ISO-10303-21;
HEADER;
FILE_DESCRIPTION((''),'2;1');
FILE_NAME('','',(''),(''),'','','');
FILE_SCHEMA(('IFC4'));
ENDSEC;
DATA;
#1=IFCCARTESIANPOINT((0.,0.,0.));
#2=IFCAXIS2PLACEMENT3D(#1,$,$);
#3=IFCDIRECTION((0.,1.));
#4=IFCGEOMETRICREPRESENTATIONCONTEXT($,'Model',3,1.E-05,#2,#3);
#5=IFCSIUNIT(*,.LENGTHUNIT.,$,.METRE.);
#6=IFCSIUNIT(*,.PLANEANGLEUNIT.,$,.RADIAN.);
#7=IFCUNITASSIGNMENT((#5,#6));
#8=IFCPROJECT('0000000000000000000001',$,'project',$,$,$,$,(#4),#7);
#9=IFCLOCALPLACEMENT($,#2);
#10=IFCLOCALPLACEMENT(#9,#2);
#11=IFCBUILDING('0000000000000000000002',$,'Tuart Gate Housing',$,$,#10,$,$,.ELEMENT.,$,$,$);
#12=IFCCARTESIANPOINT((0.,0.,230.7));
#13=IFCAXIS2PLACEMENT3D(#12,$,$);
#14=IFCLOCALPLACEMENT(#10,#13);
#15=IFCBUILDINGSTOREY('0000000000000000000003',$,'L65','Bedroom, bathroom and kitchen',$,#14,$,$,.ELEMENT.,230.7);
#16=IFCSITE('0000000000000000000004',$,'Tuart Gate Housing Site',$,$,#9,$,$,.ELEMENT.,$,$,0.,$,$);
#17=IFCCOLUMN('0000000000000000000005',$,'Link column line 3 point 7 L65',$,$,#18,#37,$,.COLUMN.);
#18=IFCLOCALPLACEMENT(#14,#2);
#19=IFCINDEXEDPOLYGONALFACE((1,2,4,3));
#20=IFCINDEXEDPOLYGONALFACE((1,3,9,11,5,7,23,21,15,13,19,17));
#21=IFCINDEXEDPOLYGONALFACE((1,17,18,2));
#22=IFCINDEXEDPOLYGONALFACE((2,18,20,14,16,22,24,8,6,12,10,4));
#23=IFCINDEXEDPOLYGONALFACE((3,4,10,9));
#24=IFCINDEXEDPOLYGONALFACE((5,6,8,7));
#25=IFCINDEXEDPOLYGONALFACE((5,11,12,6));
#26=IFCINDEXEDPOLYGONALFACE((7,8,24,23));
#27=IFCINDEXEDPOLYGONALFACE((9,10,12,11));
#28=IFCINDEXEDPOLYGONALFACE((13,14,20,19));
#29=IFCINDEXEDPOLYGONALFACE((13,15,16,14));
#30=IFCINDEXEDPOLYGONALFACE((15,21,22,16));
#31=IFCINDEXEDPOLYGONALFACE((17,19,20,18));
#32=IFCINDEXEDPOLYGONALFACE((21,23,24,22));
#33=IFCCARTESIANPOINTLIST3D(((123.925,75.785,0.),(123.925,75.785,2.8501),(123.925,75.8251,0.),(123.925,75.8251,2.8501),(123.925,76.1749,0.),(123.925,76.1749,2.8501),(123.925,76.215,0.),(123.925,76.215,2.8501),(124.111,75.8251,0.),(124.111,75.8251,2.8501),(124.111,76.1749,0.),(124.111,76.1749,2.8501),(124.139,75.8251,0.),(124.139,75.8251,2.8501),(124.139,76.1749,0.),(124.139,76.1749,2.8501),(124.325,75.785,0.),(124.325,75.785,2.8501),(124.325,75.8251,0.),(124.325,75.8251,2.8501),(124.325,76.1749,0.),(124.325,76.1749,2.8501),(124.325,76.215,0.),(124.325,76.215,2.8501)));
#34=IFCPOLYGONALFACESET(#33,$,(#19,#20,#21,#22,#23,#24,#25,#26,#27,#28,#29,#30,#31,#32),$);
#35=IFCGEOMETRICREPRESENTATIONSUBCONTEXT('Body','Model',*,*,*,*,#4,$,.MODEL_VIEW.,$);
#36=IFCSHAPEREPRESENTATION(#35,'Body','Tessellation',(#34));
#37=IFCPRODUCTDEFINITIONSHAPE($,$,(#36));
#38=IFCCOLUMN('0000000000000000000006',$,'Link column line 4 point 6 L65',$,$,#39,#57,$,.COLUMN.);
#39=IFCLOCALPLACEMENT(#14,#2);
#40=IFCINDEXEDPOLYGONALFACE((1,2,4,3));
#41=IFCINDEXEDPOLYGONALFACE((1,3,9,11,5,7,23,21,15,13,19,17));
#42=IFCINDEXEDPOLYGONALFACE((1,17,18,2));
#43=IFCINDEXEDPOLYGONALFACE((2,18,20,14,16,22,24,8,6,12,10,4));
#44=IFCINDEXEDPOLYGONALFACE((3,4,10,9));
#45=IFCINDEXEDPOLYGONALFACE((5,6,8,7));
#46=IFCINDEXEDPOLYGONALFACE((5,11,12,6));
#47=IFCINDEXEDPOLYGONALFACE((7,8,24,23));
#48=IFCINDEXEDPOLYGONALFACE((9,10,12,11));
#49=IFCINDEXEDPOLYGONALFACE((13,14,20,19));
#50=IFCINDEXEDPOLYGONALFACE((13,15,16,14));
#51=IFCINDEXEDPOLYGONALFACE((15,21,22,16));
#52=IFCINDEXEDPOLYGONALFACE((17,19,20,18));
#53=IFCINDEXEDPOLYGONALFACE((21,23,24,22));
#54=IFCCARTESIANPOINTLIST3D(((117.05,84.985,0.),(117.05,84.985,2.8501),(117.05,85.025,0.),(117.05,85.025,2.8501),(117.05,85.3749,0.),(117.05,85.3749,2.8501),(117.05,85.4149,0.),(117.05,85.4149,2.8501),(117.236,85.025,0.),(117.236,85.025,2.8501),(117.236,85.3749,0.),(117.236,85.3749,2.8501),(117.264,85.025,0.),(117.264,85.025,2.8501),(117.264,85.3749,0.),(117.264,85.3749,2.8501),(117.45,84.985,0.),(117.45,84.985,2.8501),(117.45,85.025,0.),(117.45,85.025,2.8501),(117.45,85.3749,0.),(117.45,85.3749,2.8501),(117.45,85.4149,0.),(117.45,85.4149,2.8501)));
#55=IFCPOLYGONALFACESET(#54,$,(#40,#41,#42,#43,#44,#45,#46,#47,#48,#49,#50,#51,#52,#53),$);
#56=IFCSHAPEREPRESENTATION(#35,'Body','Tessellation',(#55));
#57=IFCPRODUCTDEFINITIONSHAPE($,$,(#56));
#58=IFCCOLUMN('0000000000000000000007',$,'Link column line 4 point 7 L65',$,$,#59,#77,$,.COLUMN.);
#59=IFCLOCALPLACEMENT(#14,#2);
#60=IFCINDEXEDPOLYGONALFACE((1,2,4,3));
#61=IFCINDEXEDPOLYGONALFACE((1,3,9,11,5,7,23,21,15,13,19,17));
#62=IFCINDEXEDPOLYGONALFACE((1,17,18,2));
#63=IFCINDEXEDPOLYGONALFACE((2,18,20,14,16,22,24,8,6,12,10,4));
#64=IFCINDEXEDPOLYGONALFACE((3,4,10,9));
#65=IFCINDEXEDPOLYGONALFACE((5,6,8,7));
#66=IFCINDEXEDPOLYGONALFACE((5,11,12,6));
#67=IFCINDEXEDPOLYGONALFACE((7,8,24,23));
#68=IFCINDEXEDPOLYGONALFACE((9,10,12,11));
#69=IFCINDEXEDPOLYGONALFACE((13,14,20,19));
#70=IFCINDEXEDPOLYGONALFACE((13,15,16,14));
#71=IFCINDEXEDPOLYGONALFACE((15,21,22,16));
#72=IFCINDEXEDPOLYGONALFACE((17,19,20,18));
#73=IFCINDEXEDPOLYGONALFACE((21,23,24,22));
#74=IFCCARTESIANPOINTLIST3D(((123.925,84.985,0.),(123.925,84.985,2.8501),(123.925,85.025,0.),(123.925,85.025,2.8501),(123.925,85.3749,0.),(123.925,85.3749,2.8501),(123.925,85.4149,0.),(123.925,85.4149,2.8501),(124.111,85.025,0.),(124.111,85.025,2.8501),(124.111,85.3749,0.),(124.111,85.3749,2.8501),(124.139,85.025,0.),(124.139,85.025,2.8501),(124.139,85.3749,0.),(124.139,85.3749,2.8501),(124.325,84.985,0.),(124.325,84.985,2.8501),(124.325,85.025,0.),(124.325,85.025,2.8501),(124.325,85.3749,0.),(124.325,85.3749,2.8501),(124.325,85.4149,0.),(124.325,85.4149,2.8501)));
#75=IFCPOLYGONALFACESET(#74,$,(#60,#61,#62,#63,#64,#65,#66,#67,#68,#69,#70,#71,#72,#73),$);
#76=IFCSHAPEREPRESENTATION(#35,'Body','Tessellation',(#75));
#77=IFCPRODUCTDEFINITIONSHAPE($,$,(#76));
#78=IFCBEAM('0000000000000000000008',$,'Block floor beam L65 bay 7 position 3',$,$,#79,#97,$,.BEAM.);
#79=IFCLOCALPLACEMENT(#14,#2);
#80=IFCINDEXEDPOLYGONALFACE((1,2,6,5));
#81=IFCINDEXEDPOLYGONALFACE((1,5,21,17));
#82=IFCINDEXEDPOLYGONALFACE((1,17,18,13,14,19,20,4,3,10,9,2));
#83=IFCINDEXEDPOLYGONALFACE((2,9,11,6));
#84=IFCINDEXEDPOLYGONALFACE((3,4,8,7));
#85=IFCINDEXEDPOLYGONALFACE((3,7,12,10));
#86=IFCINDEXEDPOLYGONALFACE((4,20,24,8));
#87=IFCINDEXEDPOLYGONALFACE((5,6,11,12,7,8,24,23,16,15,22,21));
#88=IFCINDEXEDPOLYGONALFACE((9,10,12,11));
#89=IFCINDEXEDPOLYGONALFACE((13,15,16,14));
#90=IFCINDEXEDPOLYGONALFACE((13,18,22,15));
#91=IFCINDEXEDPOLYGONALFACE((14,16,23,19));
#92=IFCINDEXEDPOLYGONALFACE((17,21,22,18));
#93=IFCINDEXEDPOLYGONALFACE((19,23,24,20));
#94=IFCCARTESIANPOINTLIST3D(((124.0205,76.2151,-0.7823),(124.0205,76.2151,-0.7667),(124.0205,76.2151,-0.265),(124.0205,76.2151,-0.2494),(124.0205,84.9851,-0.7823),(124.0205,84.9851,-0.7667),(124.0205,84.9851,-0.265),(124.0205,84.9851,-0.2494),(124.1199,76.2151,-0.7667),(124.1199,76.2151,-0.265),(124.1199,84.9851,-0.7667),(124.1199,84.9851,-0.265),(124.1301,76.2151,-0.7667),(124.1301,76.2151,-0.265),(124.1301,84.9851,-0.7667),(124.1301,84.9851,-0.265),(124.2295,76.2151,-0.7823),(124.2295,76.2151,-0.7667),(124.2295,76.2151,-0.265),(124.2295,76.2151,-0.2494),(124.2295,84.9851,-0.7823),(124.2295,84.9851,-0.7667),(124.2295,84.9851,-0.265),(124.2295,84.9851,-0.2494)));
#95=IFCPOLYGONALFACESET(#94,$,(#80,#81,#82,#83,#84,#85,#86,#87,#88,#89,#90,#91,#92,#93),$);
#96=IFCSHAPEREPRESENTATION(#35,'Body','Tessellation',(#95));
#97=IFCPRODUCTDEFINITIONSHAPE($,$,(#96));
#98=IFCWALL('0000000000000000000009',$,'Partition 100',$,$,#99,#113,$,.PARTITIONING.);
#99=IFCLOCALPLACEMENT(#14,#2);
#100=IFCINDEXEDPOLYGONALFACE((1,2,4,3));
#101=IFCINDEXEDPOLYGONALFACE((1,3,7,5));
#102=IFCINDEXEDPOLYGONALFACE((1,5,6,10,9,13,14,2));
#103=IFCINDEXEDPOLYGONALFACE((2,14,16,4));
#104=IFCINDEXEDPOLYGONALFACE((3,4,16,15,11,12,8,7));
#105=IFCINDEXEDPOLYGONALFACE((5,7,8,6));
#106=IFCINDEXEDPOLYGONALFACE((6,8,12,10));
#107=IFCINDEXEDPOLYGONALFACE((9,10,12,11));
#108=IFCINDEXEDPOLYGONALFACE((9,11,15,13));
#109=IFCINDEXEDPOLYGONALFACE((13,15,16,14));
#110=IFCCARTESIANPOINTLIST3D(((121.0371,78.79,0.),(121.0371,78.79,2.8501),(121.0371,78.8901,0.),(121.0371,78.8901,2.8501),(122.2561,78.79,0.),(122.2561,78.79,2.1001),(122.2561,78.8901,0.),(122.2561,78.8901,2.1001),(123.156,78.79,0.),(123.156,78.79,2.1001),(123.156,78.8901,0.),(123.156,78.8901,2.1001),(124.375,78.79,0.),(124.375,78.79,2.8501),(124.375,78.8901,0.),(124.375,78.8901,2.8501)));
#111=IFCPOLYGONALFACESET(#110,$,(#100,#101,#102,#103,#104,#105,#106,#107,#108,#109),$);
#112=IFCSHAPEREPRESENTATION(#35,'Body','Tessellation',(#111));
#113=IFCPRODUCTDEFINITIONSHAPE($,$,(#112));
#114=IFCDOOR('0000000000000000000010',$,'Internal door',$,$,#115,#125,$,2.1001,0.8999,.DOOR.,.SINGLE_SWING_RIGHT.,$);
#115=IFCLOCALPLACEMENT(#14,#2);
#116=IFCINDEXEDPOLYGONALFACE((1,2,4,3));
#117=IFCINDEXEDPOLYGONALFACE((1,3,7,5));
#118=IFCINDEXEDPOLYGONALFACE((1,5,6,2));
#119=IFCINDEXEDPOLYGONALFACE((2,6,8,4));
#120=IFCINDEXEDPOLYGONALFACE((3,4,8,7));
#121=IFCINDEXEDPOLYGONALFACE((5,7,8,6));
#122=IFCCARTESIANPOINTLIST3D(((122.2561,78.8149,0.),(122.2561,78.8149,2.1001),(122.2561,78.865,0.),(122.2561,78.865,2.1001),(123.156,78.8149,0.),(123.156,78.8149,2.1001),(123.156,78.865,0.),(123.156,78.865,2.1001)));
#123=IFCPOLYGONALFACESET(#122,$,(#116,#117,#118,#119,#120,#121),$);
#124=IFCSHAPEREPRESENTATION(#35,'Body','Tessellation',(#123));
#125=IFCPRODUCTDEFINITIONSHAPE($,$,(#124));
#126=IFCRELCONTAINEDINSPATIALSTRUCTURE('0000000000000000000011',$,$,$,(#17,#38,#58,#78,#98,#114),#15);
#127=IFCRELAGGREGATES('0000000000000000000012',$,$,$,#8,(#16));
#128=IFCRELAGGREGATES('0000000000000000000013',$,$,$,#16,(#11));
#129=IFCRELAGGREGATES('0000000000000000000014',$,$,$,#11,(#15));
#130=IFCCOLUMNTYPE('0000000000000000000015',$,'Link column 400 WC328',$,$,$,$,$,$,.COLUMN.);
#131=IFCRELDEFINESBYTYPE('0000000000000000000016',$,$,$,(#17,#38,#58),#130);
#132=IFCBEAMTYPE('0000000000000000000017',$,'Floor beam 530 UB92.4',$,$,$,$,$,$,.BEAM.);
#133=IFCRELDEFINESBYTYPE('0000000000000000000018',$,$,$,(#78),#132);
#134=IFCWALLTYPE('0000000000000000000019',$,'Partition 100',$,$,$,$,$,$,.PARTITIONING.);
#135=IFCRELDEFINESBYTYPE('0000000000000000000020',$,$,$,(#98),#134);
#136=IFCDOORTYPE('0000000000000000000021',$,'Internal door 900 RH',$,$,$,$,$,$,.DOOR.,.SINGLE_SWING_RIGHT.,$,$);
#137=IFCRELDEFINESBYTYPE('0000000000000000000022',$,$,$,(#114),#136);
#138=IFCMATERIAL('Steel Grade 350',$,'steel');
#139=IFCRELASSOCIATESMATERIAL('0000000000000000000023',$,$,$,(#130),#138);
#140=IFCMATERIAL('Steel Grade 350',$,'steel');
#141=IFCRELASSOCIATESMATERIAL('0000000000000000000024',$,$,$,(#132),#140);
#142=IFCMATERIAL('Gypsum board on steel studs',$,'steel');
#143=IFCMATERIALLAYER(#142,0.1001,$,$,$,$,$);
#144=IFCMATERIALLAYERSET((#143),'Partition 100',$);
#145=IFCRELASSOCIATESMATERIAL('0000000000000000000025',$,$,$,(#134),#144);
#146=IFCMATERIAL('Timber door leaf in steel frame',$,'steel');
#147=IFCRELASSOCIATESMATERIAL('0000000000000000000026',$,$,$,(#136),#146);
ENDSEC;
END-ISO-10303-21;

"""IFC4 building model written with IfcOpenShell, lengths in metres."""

from ifc_helpers import new_model, si_unit, direction, frame, frame_2d, origin, origin_2d, place, context, subcontext, project, spatial, rectangle, i_section, extrude, material, layer, layer_set, material_profile, profile_set, type_object, element, fill, save


model = new_model("IFC4")

# Units and contexts
model_context = context("Model", 3, precision=1e-05, world=origin(), true_north=direction((0.0, 1.0)))
body_context = subcontext(model_context, "Body", "Model", "MODEL_VIEW")
ifc_project = project(units=[si_unit("LENGTHUNIT", "METRE"), si_unit("PLANEANGLEUNIT", "RADIAN")], contexts=[model_context])

# Site, building, storey
site_placement = place(None, origin())
site = spatial("IfcSite", under=ifc_project, at=site_placement, Name="Tuart Gate Housing Site", CompositionType="ELEMENT", RefElevation=0.0)
building_placement = place(site_placement, origin())
building = spatial("IfcBuilding", under=site, at=building_placement, Name="Tuart Gate Housing", CompositionType="ELEMENT")
storey_placement = place(building_placement, frame((0.0, 0.0, 230.7)))
storey = spatial("IfcBuildingStorey", under=building, at=storey_placement, Name="L65", Description="Bedroom, bathroom and kitchen", CompositionType="ELEMENT", Elevation=230.7)

# Columns
ifc_material_1 = material(Name="Steel Grade 350", Category="steel")
ifc_material_profile_1 = material_profile(ifc_material_1, i_section(OverallWidth=0.3999, OverallDepth=0.4299, WebThickness=0.0281, FlangeThickness=0.04, at=origin_2d()), Name="400WC328")
ifc_profile_set_1 = profile_set([ifc_material_profile_1], Name="Steel Grade 350")
column_type = type_object("IfcColumnType", Name="Link column 400 WC328", PredefinedType="COLUMN", material=ifc_profile_set_1)
for number, where, z_axis, x_axis, name in (
    (1, (124.125, 76.0, 0.0), (0.0, 0.0, 1.0), (1.0, 0.0, 0.0), "Link column line 3 point 7 L65"),
    (2, (117.25, 85.2, 0.0), (0.0, 0.0, 1.0), (1.0, 0.0, 0.0), "Link column line 4 point 6 L65"),
    (3, (124.125, 85.2, 0.0), (0.0, 0.0, 1.0), (1.0, 0.0, 0.0), "Link column line 4 point 7 L65"),
):
    element("IfcColumn", number, at=place(storey_placement, frame(where, z_axis=z_axis, x_axis=x_axis)), inside=storey, type_object=column_type, Name=name, PredefinedType="COLUMN", context=body_context, shape_type="SweptSolid", body=[
        extrude(i_section(OverallWidth=0.3999, OverallDepth=0.4299, WebThickness=0.0281, FlangeThickness=0.04, at=origin_2d()), origin(), (0.0, 0.0, 1.0), 2.8501),
    ])

# Beam
ifc_material_2 = material(Name="Steel Grade 350", Category="steel")
ifc_material_profile_2 = material_profile(ifc_material_2, i_section(OverallWidth=0.209, OverallDepth=0.533, WebThickness=0.0103, FlangeThickness=0.0156, at=origin_2d()), Name="530UB92.4")
ifc_profile_set_2 = profile_set([ifc_material_profile_2], Name="Steel Grade 350")
beam_type = type_object("IfcBeamType", Name="Floor beam 530 UB92.4", PredefinedType="BEAM", material=ifc_profile_set_2)
beam_placement = place(storey_placement, frame((124.125, 76.2151, -0.5159), z_axis=(0.0, 1.0, 0.0), x_axis=(-1.0, 0.0, 0.0)))
element("IfcBeam", 4, at=beam_placement, inside=storey, type_object=beam_type, Name="Block floor beam L65 bay 7 position 3", PredefinedType="BEAM", context=body_context, shape_type="SweptSolid", body=[
    extrude(i_section(OverallWidth=0.209, OverallDepth=0.533, WebThickness=0.0103, FlangeThickness=0.0156, at=origin_2d()), origin(), (0.0, 0.0, 1.0), 8.77),
])

# Wall, opening, door
ifc_material_3 = material(Name="Gypsum board on steel studs", Category="steel")
ifc_layer = layer(ifc_material_3, 0.1001)
ifc_layer_set = layer_set([ifc_layer], Name="Partition 100")
wall_type = type_object("IfcWallType", Name="Partition 100", PredefinedType="PARTITIONING", material=ifc_layer_set)
wall_placement = place(storey_placement, frame((121.0371, 78.8401, 0.0), z_axis=(0.0, 0.0, 1.0), x_axis=(1.0, 0.0, 0.0)))
wall = element("IfcWall", 5, at=wall_placement, inside=storey, type_object=wall_type, Name="Partition 100", PredefinedType="PARTITIONING", context=body_context, shape_type="SweptSolid", body=[
    extrude(rectangle(XDim=3.3379, YDim=0.1001, at=frame_2d((1.6689, 0.0))), origin(), (0.0, 0.0, 1.0), 2.8501),
])
opening_placement = place(wall_placement, frame((1.219, 0.0, 0.0)))
opening = element("IfcOpeningElement", 6, at=opening_placement, cuts=wall, PredefinedType="OPENING", context=body_context, shape_type="SweptSolid", body=[
    extrude(rectangle(XDim=0.8999, YDim=2.1001, at=frame_2d((0.45, 1.05))), frame((0.0, 0.0601, 0.0), z_axis=(0.0, -1.0, 0.0), x_axis=(1.0, 0.0, 0.0)), (0.0, 0.0, 1.0), 0.1201),
])
ifc_material_4 = material(Name="Timber door leaf in steel frame", Category="steel")
door_type = type_object("IfcDoorType", Name="Internal door 900 RH", OperationType="SINGLE_SWING_RIGHT", PredefinedType="DOOR", material=ifc_material_4)
door_placement = place(opening_placement, frame((0.8999, 0.0, 0.0), z_axis=(0.0, 0.0, 1.0), x_axis=(-1.0, 0.0, 0.0)))
door = element("IfcDoor", 7, at=door_placement, inside=storey, type_object=door_type, Name="Internal door", OperationType="SINGLE_SWING_RIGHT", OverallHeight=2.1001, OverallWidth=0.8999, PredefinedType="DOOR", context=body_context, shape_type="SweptSolid", body=[
    extrude(rectangle(XDim=0.8999, YDim=2.1001, at=frame_2d((0.45, 1.05))), frame((0.0, 0.0251, 0.0), z_axis=(0.0, -1.0, 0.0), x_axis=(1.0, 0.0, 0.0)), (0.0, 0.0, 1.0), 0.05),
])
fill(opening, door)

save(model, "model.ifc")
